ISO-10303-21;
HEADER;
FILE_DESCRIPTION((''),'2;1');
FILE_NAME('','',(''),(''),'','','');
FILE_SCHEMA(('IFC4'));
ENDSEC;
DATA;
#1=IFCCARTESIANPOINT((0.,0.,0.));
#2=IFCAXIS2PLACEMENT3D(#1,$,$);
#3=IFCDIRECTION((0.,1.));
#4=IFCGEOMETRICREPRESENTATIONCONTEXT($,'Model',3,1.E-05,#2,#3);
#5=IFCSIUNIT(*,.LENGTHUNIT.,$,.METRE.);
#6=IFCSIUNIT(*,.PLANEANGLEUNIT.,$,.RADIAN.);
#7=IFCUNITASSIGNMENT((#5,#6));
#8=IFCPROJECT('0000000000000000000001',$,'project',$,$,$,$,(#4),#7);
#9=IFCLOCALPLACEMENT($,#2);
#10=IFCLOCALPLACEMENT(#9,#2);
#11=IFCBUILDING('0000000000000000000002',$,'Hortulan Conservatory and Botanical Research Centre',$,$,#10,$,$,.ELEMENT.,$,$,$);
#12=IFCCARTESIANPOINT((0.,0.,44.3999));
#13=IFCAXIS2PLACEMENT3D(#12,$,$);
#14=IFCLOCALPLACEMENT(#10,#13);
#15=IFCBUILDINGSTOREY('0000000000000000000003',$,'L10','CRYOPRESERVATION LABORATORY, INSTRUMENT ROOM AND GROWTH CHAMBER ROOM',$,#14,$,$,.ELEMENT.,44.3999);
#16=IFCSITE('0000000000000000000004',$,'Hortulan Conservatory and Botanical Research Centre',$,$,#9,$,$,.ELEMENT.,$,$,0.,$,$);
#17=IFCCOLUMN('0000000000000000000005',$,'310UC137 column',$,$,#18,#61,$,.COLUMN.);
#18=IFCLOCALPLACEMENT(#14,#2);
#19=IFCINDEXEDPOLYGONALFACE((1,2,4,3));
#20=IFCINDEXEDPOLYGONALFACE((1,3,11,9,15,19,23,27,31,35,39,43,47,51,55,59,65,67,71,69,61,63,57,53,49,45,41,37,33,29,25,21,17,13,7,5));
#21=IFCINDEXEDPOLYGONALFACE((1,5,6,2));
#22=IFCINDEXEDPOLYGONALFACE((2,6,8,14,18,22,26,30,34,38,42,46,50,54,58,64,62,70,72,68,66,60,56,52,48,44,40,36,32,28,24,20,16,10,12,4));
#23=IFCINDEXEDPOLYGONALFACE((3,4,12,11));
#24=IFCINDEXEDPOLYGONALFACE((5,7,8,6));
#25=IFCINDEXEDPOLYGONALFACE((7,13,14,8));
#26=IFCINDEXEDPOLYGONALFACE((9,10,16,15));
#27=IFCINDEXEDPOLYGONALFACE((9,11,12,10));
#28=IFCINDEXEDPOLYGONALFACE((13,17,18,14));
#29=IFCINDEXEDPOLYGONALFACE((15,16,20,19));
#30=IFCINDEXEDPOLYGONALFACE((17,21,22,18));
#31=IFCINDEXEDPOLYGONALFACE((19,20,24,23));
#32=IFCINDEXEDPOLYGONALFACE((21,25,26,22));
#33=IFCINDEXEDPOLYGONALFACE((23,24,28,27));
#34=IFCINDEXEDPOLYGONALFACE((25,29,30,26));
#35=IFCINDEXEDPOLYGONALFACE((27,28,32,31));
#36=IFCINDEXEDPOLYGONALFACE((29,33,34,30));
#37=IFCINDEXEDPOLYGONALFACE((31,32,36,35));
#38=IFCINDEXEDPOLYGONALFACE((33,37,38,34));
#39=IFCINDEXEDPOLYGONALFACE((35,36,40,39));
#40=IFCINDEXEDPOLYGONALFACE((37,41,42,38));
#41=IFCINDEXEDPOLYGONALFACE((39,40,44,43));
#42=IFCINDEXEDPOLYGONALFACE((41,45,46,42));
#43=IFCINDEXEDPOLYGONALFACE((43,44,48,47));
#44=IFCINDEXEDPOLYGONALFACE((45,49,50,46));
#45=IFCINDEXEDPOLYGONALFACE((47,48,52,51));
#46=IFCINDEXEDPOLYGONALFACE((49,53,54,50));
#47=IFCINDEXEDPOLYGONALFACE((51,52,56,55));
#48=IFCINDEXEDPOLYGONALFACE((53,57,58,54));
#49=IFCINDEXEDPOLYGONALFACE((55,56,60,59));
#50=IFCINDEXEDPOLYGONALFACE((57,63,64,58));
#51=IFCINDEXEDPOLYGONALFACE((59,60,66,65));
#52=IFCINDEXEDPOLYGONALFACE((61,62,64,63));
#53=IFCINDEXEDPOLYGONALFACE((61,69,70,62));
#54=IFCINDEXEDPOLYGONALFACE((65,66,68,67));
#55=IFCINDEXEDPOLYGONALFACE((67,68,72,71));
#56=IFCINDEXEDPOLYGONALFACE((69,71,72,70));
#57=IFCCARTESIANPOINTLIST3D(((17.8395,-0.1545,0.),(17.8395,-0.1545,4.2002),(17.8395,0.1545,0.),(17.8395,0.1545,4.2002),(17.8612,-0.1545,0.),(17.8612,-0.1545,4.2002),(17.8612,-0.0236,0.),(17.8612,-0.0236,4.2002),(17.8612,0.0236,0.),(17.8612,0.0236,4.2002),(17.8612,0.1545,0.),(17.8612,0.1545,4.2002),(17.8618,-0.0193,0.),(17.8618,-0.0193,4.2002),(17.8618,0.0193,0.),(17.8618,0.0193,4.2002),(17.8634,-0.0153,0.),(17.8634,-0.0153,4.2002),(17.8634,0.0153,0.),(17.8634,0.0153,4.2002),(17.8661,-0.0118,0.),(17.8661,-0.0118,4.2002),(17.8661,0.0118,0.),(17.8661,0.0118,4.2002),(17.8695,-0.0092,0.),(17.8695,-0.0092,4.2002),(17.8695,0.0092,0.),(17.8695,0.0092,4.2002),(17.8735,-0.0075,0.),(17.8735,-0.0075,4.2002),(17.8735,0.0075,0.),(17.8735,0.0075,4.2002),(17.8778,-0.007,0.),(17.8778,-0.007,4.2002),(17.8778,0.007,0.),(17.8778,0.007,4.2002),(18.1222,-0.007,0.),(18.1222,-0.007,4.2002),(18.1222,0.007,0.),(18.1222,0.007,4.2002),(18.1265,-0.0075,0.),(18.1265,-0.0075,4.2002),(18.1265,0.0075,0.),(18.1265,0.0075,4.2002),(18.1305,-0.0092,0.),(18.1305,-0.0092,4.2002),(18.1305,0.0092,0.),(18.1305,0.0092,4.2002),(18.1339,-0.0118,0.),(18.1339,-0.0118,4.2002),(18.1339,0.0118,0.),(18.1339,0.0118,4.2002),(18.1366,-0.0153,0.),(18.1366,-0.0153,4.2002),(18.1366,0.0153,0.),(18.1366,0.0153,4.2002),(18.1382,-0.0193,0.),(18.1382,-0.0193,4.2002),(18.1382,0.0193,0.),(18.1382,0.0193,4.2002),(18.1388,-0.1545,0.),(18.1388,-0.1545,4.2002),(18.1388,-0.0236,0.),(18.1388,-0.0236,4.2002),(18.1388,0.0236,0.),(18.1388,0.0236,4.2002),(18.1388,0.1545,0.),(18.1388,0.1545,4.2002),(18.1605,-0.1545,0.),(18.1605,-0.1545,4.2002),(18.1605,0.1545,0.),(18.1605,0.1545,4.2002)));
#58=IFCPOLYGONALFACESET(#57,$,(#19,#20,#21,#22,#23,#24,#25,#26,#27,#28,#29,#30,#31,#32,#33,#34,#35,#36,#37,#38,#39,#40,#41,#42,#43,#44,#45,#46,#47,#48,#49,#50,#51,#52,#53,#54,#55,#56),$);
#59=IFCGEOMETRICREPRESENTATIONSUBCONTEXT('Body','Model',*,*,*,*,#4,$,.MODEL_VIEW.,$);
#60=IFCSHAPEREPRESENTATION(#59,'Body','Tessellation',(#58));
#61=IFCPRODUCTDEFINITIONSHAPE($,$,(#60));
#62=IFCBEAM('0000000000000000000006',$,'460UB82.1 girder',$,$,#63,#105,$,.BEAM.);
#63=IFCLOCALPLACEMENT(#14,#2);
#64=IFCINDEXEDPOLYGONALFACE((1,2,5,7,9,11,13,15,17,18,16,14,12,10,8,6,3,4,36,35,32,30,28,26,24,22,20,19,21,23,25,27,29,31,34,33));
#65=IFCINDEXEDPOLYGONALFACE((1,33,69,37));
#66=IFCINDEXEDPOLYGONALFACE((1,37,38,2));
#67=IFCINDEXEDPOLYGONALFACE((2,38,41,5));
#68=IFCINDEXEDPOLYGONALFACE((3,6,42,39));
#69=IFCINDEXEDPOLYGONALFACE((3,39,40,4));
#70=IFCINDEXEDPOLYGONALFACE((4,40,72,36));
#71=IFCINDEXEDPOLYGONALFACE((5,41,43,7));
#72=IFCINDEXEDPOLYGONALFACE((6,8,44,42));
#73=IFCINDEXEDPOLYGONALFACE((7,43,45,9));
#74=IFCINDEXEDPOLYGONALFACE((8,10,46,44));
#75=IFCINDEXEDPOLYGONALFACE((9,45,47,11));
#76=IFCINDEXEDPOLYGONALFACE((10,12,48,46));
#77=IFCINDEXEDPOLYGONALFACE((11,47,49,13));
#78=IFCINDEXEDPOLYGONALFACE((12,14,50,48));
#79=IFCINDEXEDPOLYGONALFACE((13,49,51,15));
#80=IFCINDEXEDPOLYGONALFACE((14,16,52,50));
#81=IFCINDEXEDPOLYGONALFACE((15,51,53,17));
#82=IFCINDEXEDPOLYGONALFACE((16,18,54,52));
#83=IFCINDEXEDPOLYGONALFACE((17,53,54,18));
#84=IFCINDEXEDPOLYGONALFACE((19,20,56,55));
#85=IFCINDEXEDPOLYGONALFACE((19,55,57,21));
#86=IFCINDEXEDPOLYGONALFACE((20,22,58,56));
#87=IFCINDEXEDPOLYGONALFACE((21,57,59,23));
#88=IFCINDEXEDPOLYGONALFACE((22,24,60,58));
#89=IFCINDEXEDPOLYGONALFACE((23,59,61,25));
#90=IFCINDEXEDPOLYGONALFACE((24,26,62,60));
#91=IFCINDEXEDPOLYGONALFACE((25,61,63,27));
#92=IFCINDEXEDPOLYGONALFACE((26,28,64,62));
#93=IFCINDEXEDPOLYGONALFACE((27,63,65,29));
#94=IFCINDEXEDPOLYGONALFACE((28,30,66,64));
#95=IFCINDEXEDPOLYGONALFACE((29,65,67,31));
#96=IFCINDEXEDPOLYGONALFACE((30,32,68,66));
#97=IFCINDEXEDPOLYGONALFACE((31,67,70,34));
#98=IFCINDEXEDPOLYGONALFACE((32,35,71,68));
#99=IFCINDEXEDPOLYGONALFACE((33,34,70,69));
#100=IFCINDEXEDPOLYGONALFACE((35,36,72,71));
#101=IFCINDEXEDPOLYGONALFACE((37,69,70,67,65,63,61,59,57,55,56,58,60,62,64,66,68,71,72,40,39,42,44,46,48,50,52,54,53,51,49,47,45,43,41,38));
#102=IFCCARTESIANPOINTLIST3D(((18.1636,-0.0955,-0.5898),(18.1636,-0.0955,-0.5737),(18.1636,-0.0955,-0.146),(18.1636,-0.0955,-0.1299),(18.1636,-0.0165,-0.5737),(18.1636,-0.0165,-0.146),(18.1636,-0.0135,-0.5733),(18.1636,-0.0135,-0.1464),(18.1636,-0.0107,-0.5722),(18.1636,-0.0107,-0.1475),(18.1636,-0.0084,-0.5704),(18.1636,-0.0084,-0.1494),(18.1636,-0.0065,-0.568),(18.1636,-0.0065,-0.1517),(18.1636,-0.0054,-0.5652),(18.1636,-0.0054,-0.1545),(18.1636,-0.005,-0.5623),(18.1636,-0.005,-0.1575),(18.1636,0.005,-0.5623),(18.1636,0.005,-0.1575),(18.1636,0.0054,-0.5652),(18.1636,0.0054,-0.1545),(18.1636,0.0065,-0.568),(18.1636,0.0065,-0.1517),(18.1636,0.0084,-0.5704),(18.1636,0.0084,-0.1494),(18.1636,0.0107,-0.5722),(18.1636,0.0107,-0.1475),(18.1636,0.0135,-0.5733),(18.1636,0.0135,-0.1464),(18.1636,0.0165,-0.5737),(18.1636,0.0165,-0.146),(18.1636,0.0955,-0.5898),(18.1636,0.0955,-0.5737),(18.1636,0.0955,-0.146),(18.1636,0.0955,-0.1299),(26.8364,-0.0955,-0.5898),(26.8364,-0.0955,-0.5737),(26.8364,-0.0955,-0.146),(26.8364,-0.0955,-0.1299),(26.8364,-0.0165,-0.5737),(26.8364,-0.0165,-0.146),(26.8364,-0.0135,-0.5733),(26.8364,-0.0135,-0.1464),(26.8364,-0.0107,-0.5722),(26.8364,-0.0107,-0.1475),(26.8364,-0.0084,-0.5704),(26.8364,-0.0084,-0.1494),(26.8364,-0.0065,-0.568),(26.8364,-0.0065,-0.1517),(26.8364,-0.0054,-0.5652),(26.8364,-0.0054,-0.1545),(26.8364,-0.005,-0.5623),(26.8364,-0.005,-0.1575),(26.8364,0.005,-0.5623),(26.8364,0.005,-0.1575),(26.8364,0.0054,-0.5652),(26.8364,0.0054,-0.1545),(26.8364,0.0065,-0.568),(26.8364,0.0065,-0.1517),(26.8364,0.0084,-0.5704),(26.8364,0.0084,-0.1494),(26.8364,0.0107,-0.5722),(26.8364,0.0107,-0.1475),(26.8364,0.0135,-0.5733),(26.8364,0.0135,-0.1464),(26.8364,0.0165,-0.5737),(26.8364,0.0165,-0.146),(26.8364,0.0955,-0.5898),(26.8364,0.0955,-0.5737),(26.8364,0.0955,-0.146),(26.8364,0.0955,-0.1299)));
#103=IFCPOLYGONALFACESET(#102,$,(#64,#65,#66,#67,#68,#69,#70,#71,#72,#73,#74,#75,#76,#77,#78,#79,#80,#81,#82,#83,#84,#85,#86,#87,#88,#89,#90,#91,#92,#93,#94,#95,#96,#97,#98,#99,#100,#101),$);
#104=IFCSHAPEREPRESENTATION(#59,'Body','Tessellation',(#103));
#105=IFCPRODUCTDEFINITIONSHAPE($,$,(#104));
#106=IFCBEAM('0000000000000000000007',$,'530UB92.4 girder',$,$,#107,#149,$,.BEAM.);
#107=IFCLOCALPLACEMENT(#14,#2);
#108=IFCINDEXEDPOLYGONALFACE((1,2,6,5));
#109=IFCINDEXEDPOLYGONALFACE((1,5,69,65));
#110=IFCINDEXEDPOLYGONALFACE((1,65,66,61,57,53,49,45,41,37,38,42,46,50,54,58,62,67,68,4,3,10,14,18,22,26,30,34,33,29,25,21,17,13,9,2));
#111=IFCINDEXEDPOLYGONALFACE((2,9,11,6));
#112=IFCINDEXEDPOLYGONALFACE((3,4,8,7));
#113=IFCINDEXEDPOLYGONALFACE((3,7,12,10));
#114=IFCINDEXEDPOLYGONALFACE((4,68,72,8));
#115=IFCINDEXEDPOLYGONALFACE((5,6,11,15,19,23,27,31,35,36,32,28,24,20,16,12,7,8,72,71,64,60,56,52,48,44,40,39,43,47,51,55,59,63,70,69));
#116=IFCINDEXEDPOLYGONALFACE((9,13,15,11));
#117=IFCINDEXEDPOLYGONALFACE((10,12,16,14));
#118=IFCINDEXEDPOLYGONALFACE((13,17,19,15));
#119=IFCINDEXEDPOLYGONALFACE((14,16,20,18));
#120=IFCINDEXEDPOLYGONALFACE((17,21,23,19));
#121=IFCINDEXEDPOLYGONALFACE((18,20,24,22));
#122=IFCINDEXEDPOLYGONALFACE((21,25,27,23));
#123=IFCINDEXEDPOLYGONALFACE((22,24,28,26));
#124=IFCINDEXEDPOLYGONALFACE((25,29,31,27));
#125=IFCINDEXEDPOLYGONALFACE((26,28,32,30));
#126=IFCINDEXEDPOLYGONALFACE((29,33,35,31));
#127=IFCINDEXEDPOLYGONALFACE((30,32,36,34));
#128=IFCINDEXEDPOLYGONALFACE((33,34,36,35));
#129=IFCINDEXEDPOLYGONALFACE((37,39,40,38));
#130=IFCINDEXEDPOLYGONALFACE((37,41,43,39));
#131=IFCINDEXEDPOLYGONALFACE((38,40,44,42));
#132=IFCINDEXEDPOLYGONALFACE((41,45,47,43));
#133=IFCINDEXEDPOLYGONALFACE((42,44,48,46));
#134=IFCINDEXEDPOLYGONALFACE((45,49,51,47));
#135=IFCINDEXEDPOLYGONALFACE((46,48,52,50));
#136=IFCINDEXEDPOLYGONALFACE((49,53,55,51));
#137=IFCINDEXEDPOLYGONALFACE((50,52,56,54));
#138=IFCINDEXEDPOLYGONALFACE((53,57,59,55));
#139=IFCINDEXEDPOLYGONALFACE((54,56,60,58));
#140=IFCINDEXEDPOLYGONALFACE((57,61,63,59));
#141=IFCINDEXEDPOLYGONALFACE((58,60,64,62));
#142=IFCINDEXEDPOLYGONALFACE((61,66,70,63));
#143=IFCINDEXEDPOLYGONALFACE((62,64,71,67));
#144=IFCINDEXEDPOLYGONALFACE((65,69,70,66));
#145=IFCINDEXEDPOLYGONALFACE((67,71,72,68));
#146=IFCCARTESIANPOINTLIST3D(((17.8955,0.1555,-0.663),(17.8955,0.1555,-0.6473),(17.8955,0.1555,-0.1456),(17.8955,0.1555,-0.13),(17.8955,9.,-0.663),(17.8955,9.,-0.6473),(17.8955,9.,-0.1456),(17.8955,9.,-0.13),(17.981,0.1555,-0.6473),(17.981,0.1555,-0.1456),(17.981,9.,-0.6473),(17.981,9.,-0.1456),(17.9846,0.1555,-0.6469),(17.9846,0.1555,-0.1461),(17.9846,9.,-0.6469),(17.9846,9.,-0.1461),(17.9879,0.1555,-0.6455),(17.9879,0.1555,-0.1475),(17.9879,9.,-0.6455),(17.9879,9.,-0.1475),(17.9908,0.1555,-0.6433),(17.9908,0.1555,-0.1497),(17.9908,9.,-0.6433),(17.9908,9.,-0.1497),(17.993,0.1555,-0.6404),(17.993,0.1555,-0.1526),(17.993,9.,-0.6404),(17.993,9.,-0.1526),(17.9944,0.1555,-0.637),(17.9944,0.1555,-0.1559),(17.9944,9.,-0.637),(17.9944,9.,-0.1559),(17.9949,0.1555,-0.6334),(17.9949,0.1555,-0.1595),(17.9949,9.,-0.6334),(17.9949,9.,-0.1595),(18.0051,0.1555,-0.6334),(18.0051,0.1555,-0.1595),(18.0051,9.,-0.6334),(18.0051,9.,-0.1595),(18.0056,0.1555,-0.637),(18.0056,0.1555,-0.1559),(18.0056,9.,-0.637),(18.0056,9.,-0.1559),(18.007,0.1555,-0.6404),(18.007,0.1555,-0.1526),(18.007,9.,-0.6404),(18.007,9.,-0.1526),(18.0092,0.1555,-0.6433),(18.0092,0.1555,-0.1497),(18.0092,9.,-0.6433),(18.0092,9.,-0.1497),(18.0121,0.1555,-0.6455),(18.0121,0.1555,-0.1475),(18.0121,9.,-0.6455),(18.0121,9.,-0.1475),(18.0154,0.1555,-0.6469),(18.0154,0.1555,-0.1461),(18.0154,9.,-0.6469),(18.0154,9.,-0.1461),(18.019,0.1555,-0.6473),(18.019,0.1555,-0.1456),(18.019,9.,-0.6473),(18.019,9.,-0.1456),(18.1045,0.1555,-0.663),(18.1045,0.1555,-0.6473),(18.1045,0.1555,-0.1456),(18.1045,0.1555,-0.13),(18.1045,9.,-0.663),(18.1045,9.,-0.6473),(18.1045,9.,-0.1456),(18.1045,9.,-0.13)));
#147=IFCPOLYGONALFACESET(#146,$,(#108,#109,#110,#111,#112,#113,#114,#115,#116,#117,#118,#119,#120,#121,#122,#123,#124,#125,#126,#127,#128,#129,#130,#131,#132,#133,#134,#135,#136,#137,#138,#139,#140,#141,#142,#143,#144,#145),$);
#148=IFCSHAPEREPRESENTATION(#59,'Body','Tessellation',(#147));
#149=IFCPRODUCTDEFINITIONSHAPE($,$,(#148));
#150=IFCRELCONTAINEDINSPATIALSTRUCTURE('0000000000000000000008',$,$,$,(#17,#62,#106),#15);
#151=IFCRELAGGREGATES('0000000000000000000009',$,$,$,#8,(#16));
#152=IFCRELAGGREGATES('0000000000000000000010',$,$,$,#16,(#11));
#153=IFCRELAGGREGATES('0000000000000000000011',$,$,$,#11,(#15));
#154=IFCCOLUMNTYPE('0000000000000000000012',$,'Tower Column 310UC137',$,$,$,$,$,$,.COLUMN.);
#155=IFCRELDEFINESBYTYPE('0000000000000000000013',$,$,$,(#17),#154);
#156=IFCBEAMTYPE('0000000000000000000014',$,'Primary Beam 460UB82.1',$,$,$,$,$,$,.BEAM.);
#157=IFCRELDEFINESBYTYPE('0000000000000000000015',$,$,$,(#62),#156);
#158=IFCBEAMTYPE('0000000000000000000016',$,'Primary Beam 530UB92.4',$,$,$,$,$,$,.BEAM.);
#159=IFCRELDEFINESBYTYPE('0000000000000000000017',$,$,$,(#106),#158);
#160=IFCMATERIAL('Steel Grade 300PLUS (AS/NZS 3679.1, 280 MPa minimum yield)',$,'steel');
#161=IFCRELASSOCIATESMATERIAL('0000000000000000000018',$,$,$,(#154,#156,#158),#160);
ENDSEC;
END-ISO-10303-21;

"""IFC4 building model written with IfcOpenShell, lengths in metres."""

from ifc_helpers import new_model, si_unit, direction, frame, origin, origin_2d, place, context, subcontext, project, spatial, i_section, extrude, material, material_profile, profile_set, type_object, element, save


model = new_model("IFC4")

# Units and contexts
model_context = context("Model", 3, precision=1e-05, world=origin(), true_north=direction((0.0, 1.0)))
body_context = subcontext(model_context, "Body", "Model", "MODEL_VIEW")
ifc_project = project(units=[si_unit("LENGTHUNIT", "METRE"), si_unit("PLANEANGLEUNIT", "RADIAN")], contexts=[model_context])

# Site, building, storey
site_placement = place(None, origin())
site = spatial("IfcSite", under=ifc_project, at=site_placement, Name="Hortulan Conservatory and Botanical Research Centre", CompositionType="ELEMENT", RefElevation=0.0)
building_placement = place(site_placement, origin())
building = spatial("IfcBuilding", under=site, at=building_placement, Name="Hortulan Conservatory and Botanical Research Centre", CompositionType="ELEMENT")
storey_placement = place(building_placement, frame((0.0, 0.0, 44.3999)))
storey = spatial("IfcBuildingStorey", under=building, at=storey_placement, Name="L10", Description="CRYOPRESERVATION LABORATORY, INSTRUMENT ROOM AND GROWTH CHAMBER ROOM", CompositionType="ELEMENT", Elevation=44.3999)

# Column
ifc_material_1 = material(Name="Steel Grade 300PLUS (AS/NZS 3679.1, 280 MPa minimum yield)", Category="steel")
ifc_material_profile_1 = material_profile(ifc_material_1, i_section(OverallWidth=0.3091, OverallDepth=0.321, WebThickness=0.0139, FlangeThickness=0.0217, FilletRadius=0.0166, at=origin_2d()), Name="310UC137")
ifc_profile_set_1 = profile_set([ifc_material_profile_1], Name="Steel Grade 300PLUS (AS/NZS 3679.1, 280 MPa minimum yield)")
column_type = type_object("IfcColumnType", Name="Tower Column 310UC137", PredefinedType="COLUMN", material=ifc_profile_set_1)
column_placement = place(storey_placement, frame((18.0, 0.0, 0.0), z_axis=(0.0, 0.0, 1.0), x_axis=(0.0, 1.0, 0.0)))
element("IfcColumn", 1, at=column_placement, inside=storey, type_object=column_type, Name="310UC137 column", PredefinedType="COLUMN", context=body_context, shape_type="SweptSolid", body=[
    extrude(i_section(OverallWidth=0.3091, OverallDepth=0.321, WebThickness=0.0139, FlangeThickness=0.0217, FilletRadius=0.0166, at=origin_2d()), origin(), (0.0, 0.0, 1.0), 4.2002),
])

# Beams
ifc_material_profile_2 = material_profile(ifc_material_1, i_section(OverallWidth=0.1909, OverallDepth=0.46, WebThickness=0.01, FlangeThickness=0.0161, FilletRadius=0.0115, at=origin_2d()), Name="460UB82.1")
ifc_profile_set_2 = profile_set([ifc_material_profile_2], Name="Steel Grade 300PLUS (AS/NZS 3679.1, 280 MPa minimum yield)")
beam_type_1 = type_object("IfcBeamType", Name="Primary Beam 460UB82.1", PredefinedType="BEAM", material=ifc_profile_set_2)
beam_1_placement = place(storey_placement, frame((18.1636, 0.0, -0.3599), z_axis=(1.0, 0.0, 0.0), x_axis=(0.0, 1.0, 0.0)))
element("IfcBeam", 2, at=beam_1_placement, inside=storey, type_object=beam_type_1, Name="460UB82.1 girder", PredefinedType="BEAM", context=body_context, shape_type="SweptSolid", body=[
    extrude(i_section(OverallWidth=0.1909, OverallDepth=0.46, WebThickness=0.01, FlangeThickness=0.0161, FilletRadius=0.0115, at=origin_2d()), origin(), (0.0, 0.0, 1.0), 8.6729),
])
ifc_material_profile_3 = material_profile(ifc_material_1, i_section(OverallWidth=0.209, OverallDepth=0.533, WebThickness=0.0103, FlangeThickness=0.0156, FilletRadius=0.0139, at=origin_2d()), Name="530UB92.4")
ifc_profile_set_3 = profile_set([ifc_material_profile_3], Name="Steel Grade 300PLUS (AS/NZS 3679.1, 280 MPa minimum yield)")
beam_type_2 = type_object("IfcBeamType", Name="Primary Beam 530UB92.4", PredefinedType="BEAM", material=ifc_profile_set_3)
beam_2_placement = place(storey_placement, frame((18.0, 0.1555, -0.3965), z_axis=(0.0, 1.0, 0.0), x_axis=(-1.0, 0.0, 0.0)))
element("IfcBeam", 3, at=beam_2_placement, inside=storey, type_object=beam_type_2, Name="530UB92.4 girder", PredefinedType="BEAM", context=body_context, shape_type="SweptSolid", body=[
    extrude(i_section(OverallWidth=0.209, OverallDepth=0.533, WebThickness=0.0103, FlangeThickness=0.0156, FilletRadius=0.0139, at=origin_2d()), origin(), (0.0, 0.0, 1.0), 8.8445),
])

save(model, "model.ifc")
